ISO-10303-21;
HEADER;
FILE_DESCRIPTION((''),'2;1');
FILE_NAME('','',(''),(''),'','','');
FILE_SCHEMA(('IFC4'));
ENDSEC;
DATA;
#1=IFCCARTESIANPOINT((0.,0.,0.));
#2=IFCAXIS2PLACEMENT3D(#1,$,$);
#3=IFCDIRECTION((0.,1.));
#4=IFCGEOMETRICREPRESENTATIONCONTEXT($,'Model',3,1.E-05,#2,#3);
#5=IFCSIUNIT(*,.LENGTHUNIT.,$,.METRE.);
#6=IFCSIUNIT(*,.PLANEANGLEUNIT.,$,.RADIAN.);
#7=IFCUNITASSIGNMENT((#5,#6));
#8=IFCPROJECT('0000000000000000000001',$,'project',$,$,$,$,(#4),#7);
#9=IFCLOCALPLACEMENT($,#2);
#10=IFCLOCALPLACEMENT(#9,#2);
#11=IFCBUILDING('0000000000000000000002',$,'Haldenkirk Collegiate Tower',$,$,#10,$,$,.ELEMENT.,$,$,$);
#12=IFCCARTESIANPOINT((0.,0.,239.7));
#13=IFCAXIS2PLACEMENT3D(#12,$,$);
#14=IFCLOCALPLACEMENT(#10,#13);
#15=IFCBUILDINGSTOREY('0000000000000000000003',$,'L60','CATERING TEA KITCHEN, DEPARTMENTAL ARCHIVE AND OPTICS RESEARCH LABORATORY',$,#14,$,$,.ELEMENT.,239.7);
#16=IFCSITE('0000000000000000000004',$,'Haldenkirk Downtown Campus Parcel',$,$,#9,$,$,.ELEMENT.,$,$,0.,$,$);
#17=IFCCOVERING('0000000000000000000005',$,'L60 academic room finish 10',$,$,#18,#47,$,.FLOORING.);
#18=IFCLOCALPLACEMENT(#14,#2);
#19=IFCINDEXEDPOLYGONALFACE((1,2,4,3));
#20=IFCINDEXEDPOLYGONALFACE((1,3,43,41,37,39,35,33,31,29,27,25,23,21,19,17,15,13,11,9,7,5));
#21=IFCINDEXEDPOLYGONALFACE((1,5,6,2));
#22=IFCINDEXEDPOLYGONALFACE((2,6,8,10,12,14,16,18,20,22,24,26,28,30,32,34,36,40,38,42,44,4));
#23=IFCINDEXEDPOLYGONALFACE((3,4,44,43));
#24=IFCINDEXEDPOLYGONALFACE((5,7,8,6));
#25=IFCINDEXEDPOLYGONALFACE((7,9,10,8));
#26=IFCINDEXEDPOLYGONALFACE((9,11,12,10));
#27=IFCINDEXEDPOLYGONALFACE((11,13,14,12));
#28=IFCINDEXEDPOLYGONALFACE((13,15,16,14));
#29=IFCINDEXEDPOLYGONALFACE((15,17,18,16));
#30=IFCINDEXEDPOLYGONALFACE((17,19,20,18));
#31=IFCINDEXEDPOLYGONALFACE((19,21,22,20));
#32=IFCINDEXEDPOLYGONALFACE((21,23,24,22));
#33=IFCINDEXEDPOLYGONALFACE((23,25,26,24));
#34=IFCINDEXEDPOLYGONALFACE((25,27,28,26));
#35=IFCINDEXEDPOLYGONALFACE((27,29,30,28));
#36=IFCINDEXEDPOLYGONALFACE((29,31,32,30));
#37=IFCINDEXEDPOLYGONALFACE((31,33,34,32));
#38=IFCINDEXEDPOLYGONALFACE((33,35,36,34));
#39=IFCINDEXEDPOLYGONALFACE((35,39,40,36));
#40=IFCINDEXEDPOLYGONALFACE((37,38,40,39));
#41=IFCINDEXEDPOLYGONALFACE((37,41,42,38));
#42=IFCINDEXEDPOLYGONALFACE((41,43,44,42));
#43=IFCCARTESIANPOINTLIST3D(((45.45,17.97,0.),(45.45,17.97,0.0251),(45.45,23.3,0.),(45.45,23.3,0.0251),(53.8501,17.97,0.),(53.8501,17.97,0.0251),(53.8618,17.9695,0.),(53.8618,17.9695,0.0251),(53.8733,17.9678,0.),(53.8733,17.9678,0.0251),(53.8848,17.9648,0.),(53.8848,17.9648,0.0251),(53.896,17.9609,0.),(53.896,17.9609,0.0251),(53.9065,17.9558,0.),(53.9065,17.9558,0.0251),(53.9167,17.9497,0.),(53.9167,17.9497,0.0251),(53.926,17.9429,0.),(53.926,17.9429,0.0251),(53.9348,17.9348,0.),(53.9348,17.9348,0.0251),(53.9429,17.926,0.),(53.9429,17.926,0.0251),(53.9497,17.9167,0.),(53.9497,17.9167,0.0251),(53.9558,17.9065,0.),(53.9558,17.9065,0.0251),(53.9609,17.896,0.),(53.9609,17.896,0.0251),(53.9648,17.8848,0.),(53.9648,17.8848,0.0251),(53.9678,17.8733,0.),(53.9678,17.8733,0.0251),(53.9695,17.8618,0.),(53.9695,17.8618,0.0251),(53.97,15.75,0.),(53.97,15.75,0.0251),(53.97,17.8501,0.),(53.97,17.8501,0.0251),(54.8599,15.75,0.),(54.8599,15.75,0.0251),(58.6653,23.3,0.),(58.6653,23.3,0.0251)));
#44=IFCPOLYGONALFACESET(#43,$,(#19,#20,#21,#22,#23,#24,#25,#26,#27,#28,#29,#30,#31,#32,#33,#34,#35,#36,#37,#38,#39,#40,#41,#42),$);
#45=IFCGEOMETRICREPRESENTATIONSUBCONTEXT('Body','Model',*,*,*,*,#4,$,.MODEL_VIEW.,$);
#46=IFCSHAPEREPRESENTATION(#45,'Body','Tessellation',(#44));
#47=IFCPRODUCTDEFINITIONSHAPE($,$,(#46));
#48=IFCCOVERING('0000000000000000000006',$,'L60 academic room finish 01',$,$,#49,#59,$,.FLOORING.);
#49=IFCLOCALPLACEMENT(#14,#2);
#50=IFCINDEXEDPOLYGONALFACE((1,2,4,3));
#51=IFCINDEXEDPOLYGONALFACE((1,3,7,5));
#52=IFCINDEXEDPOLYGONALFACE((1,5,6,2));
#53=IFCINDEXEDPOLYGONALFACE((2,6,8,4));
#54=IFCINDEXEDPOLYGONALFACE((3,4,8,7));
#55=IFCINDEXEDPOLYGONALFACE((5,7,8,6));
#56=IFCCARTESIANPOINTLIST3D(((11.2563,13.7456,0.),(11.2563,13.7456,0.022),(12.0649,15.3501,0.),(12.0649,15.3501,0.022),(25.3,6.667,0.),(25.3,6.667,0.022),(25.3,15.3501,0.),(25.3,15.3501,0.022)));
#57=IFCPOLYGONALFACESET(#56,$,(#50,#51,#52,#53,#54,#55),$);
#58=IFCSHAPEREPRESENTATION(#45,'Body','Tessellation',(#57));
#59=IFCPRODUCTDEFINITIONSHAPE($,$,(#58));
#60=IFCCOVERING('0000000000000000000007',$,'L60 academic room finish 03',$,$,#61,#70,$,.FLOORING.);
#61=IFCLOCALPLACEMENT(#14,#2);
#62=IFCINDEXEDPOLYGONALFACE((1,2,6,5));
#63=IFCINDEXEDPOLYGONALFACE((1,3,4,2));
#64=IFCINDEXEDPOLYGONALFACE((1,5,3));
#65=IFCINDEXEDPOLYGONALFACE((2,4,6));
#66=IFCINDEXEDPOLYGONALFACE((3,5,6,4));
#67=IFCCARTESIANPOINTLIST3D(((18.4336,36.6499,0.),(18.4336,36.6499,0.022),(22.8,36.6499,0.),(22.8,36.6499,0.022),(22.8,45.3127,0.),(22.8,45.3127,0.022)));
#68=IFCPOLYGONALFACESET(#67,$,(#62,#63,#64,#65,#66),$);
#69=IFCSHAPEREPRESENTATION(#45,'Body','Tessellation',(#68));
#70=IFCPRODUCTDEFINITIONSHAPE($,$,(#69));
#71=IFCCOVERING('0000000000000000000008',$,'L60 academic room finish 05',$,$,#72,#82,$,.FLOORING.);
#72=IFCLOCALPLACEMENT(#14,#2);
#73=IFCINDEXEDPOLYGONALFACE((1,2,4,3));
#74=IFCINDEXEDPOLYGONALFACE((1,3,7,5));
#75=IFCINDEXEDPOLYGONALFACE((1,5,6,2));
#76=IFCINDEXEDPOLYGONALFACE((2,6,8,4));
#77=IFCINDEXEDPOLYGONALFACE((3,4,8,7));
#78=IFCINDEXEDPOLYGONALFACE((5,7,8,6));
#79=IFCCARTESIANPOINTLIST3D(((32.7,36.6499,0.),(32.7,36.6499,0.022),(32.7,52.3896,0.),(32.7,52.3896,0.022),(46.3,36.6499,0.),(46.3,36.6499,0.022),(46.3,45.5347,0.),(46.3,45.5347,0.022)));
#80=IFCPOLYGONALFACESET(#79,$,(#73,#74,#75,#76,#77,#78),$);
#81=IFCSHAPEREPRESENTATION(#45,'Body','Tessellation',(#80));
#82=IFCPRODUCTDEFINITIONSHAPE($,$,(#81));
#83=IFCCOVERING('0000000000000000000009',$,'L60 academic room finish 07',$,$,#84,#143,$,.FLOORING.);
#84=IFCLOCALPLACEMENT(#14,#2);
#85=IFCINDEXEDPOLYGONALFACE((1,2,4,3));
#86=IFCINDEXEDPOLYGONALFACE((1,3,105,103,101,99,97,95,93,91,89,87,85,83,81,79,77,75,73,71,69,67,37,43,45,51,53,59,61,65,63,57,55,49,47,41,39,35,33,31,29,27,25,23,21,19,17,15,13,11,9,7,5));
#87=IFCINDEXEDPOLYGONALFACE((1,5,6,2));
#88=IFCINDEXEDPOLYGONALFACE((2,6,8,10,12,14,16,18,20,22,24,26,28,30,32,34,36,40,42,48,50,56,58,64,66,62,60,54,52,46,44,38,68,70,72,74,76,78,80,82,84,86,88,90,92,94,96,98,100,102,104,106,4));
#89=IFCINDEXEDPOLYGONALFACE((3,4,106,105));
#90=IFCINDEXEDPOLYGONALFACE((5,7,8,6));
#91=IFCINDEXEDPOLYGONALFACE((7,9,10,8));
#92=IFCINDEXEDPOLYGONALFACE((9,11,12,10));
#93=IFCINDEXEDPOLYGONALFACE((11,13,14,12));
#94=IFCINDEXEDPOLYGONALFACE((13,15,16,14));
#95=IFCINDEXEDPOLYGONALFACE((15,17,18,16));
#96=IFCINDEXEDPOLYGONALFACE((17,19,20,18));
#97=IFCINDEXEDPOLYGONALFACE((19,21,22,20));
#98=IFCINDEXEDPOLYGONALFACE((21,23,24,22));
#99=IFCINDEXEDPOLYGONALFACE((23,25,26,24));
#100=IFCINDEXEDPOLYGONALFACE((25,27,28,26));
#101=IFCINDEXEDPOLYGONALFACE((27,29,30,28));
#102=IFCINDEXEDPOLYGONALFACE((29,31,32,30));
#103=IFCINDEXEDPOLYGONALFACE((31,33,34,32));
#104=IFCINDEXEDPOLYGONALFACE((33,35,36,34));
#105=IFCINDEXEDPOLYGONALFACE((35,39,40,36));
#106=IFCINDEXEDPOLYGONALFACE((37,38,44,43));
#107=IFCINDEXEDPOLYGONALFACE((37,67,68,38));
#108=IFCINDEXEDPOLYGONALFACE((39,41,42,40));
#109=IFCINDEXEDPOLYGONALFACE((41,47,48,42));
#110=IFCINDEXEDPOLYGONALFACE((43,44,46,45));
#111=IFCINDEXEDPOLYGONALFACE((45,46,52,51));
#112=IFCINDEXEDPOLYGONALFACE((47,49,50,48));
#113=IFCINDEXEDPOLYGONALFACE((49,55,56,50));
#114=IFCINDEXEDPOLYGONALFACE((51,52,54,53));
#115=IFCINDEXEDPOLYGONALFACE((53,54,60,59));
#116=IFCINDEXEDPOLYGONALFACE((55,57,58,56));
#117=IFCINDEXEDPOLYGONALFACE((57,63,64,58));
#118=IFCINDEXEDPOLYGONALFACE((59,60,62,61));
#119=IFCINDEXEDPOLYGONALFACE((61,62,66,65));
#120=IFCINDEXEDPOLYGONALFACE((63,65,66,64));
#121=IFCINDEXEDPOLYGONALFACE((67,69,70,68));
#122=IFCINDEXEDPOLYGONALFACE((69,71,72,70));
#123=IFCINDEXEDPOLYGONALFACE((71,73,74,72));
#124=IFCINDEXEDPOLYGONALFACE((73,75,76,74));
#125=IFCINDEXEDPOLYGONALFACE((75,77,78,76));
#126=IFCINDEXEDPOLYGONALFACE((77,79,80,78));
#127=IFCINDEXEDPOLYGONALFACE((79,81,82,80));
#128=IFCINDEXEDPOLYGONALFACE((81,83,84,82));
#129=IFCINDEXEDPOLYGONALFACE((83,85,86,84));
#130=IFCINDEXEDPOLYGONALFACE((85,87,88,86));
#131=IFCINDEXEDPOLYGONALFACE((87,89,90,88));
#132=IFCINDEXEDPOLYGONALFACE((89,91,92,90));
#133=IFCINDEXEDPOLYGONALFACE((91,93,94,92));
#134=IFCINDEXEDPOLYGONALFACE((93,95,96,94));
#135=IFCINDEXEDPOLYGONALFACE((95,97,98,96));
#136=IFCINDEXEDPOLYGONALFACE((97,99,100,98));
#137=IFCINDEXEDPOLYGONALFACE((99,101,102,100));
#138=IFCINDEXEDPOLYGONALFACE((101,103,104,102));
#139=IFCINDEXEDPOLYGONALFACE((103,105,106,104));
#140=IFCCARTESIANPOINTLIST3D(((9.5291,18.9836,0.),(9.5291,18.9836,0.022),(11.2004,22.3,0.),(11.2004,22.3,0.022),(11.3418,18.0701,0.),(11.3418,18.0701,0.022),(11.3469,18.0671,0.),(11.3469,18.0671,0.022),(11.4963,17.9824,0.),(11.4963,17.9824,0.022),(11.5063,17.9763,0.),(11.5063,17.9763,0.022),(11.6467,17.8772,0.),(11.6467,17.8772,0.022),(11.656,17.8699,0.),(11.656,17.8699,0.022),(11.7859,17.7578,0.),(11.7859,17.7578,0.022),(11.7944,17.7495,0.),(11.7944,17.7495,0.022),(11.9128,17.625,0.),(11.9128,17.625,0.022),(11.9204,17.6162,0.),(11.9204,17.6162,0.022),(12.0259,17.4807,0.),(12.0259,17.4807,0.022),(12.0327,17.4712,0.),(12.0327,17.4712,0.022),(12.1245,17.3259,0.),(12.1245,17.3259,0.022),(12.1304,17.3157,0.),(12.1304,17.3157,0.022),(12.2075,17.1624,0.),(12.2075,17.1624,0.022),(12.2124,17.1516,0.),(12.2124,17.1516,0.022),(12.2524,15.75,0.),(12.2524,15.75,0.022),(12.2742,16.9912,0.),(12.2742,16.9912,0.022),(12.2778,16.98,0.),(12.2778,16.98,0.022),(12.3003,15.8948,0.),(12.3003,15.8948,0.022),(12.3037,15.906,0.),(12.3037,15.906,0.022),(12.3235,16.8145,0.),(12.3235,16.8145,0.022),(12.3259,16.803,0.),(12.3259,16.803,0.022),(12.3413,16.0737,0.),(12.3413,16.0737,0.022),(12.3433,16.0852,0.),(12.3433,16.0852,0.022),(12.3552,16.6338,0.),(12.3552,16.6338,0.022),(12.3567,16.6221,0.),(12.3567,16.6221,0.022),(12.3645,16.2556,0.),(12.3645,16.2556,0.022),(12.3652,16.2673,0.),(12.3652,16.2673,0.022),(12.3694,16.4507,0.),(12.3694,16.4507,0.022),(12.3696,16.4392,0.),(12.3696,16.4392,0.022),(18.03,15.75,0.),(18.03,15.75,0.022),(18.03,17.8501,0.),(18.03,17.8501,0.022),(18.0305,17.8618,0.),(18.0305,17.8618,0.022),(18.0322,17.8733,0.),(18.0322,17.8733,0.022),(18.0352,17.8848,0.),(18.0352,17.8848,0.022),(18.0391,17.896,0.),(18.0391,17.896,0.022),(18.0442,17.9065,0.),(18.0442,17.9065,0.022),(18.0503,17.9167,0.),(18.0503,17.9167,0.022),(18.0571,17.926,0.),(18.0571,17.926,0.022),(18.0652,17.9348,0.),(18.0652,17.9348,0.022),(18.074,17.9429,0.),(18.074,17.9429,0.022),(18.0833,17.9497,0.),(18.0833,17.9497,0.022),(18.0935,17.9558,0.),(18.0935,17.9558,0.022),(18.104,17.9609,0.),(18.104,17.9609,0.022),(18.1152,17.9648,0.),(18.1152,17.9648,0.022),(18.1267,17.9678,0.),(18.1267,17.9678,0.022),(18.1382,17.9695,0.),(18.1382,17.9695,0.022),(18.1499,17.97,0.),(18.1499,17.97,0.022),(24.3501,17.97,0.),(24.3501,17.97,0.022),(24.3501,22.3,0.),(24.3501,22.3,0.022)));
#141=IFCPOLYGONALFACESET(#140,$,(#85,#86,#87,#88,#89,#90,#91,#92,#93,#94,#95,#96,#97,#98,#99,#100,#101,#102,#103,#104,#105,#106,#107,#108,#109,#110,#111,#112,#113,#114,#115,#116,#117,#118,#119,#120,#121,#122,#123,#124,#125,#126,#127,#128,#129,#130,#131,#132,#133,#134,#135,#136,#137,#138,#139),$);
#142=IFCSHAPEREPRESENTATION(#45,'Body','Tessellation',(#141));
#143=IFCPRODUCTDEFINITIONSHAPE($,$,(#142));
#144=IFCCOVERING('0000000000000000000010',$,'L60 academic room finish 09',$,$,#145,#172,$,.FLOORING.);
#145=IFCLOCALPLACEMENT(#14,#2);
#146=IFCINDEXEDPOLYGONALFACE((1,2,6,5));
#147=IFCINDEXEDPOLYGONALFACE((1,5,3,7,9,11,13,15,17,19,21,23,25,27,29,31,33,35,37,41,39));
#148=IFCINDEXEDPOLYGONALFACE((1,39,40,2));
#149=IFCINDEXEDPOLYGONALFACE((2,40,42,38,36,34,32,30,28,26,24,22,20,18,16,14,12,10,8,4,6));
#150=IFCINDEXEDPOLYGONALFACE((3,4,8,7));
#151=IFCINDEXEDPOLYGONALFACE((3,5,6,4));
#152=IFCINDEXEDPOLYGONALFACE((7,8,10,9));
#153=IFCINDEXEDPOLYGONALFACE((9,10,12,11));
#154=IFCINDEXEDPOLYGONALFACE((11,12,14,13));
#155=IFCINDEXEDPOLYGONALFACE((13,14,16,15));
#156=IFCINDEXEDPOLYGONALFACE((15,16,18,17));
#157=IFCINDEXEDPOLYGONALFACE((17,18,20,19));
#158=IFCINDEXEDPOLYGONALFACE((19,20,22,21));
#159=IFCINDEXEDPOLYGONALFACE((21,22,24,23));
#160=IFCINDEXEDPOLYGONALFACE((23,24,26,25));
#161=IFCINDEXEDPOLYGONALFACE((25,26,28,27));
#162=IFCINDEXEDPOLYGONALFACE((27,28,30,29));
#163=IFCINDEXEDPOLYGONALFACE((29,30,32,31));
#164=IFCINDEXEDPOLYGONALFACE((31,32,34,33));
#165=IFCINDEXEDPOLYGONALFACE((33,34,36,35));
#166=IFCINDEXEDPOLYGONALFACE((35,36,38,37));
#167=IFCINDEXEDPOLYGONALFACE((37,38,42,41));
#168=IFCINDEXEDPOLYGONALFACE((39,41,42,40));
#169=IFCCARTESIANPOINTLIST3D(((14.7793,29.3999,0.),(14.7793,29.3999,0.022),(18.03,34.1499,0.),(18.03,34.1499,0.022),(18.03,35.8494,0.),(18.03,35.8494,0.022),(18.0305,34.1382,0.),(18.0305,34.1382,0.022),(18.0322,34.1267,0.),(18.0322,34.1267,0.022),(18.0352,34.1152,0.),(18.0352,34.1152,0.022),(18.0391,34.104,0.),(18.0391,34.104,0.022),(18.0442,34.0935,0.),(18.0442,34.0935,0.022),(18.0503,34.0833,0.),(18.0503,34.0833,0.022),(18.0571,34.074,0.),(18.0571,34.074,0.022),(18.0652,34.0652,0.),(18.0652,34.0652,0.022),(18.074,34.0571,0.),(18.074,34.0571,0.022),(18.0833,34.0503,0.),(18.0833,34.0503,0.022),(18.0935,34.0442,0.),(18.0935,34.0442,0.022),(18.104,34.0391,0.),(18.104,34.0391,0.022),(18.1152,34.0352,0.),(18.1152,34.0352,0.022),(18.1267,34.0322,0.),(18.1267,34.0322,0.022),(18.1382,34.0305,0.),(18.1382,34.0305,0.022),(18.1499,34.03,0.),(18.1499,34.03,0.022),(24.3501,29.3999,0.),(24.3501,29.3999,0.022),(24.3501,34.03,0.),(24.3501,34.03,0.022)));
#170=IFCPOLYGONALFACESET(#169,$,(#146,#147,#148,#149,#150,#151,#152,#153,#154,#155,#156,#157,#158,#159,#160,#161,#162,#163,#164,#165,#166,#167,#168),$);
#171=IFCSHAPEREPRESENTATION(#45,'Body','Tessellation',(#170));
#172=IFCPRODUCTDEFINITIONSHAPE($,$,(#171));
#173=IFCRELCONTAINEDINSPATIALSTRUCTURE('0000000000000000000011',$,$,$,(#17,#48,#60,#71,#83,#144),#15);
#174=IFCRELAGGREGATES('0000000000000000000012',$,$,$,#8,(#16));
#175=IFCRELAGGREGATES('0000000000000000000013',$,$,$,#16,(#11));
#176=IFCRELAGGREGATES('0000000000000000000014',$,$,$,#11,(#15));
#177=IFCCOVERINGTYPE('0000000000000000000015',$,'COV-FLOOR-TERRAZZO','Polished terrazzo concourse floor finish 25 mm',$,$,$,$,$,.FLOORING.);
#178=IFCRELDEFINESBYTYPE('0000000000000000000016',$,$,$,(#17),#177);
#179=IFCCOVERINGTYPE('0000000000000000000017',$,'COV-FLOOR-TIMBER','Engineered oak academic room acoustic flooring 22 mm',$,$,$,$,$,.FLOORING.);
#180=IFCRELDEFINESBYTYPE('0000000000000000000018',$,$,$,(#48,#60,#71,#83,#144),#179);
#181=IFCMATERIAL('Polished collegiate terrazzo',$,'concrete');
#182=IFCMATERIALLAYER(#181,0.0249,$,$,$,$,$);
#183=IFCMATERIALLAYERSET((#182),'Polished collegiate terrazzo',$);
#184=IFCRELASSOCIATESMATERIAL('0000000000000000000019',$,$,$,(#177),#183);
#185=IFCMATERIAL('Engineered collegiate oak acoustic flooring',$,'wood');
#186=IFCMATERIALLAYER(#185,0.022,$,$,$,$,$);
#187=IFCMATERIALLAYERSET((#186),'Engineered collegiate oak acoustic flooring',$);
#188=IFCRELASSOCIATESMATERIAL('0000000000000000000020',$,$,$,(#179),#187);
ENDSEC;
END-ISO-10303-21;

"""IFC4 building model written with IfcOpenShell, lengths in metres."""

from ifc_helpers import new_model, si_unit, direction, frame, origin, place, context, subcontext, project, spatial, polyline, outline, extrude, material, layer, layer_set, type_object, element, save


model = new_model("IFC4")

# Units and contexts
model_context = context("Model", 3, precision=1e-05, world=origin(), true_north=direction((0.0, 1.0)))
body_context = subcontext(model_context, "Body", "Model", "MODEL_VIEW")
ifc_project = project(units=[si_unit("LENGTHUNIT", "METRE"), si_unit("PLANEANGLEUNIT", "RADIAN")], contexts=[model_context])

# Site, building, storey
site_placement = place(None, origin())
site = spatial("IfcSite", under=ifc_project, at=site_placement, Name="Haldenkirk Downtown Campus Parcel", CompositionType="ELEMENT", RefElevation=0.0)
building_placement = place(site_placement, origin())
building = spatial("IfcBuilding", under=site, at=building_placement, Name="Haldenkirk Collegiate Tower", CompositionType="ELEMENT")
storey_placement = place(building_placement, frame((0.0, 0.0, 239.7)))
storey = spatial("IfcBuildingStorey", under=building, at=storey_placement, Name="L60", Description="CATERING TEA KITCHEN, DEPARTMENTAL ARCHIVE AND OPTICS RESEARCH LABORATORY", CompositionType="ELEMENT", Elevation=239.7)

# Coverings
ifc_material_1 = material(Name="Polished collegiate terrazzo", Category="concrete")
ifc_layer_1 = layer(ifc_material_1, 0.0249)
ifc_layer_set_1 = layer_set([ifc_layer_1], Name="Polished collegiate terrazzo")
covering_type_1 = type_object("IfcCoveringType", Name="COV-FLOOR-TERRAZZO", Description="Polished terrazzo concourse floor finish 25 mm", PredefinedType="FLOORING", material=ifc_layer_set_1)
covering_1_placement = place(storey_placement, origin())
element("IfcCovering", 1, at=covering_1_placement, inside=storey, type_object=covering_type_1, Name="L60 academic room finish 10", PredefinedType="FLOORING", context=body_context, shape_type="SweptSolid", body=[
    extrude(outline(polyline([(45.45, 17.97), (45.45, 23.3), (58.6653, 23.3), (54.8599, 15.75), (53.97, 15.75), (53.97, 17.8501), (53.9695, 17.8618), (53.9678, 17.8733), (53.9648, 17.8848), (53.9609, 17.896), (53.9558, 17.9065), (53.9497, 17.9167), (53.9429, 17.926), (53.9348, 17.9348), (53.926, 17.9429), (53.9167, 17.9497), (53.9065, 17.9558), (53.896, 17.9609), (53.8848, 17.9648), (53.8733, 17.9678), (53.8618, 17.9695), (53.8501, 17.97), (45.45, 17.97)])), origin(), (0.0, 0.0, 1.0), 0.0251),
])
ifc_material_2 = material(Name="Engineered collegiate oak acoustic flooring", Category="wood")
ifc_layer_2 = layer(ifc_material_2, 0.022)
ifc_layer_set_2 = layer_set([ifc_layer_2], Name="Engineered collegiate oak acoustic flooring")
covering_type_2 = type_object("IfcCoveringType", Name="COV-FLOOR-TIMBER", Description="Engineered oak academic room acoustic flooring 22 mm", PredefinedType="FLOORING", material=ifc_layer_set_2)
covering_2_placement = place(storey_placement, origin())
element("IfcCovering", 2, at=covering_2_placement, inside=storey, type_object=covering_type_2, Name="L60 academic room finish 01", PredefinedType="FLOORING", context=body_context, shape_type="SweptSolid", body=[
    extrude(outline(polyline([(11.2563, 13.7456), (12.0649, 15.3501), (25.3, 15.3501), (25.3, 6.667), (11.2563, 13.7456)])), origin(), (0.0, 0.0, 1.0), 0.022),
])
covering_3_placement = place(storey_placement, origin())
element("IfcCovering", 3, at=covering_3_placement, inside=storey, type_object=covering_type_2, Name="L60 academic room finish 03", PredefinedType="FLOORING", context=body_context, shape_type="SweptSolid", body=[
    extrude(outline(polyline([(22.8, 45.3127), (22.8, 36.6499), (18.4336, 36.6499), (22.8, 45.3127)])), origin(), (0.0, 0.0, 1.0), 0.022),
])
covering_4_placement = place(storey_placement, origin())
element("IfcCovering", 4, at=covering_4_placement, inside=storey, type_object=covering_type_2, Name="L60 academic room finish 05", PredefinedType="FLOORING", context=body_context, shape_type="SweptSolid", body=[
    extrude(outline(polyline([(46.3, 45.5347), (46.3, 36.6499), (32.7, 36.6499), (32.7, 52.3896), (46.3, 45.5347)])), origin(), (0.0, 0.0, 1.0), 0.022),
])
covering_5_placement = place(storey_placement, origin())
element("IfcCovering", 5, at=covering_5_placement, inside=storey, type_object=covering_type_2, Name="L60 academic room finish 07", PredefinedType="FLOORING", context=body_context, shape_type="SweptSolid", body=[
    extrude(outline(polyline([(12.2524, 15.75), (12.3003, 15.8948), (12.3037, 15.906), (12.3413, 16.0737), (12.3433, 16.0852), (12.3645, 16.2556), (12.3652, 16.2673), (12.3696, 16.4392), (12.3694, 16.4507), (12.3567, 16.6221), (12.3552, 16.6338), (12.3259, 16.803), (12.3235, 16.8145), (12.2778, 16.98), (12.2742, 16.9912), (12.2124, 17.1516), (12.2075, 17.1624), (12.1304, 17.3157), (12.1245, 17.3259), (12.0327, 17.4712), (12.0259, 17.4807), (11.9204, 17.6162), (11.9128, 17.625), (11.7944, 17.7495), (11.7859, 17.7578), (11.656, 17.8699), (11.6467, 17.8772), (11.5063, 17.9763), (11.4963, 17.9824), (11.3469, 18.0671), (11.3418, 18.0701), (9.5291, 18.9836), (11.2004, 22.3), (24.3501, 22.3), (24.3501, 17.97), (18.1499, 17.97), (18.1382, 17.9695), (18.1267, 17.9678), (18.1152, 17.9648), (18.104, 17.9609), (18.0935, 17.9558), (18.0833, 17.9497), (18.074, 17.9429), (18.0652, 17.9348), (18.0571, 17.926), (18.0503, 17.9167), (18.0442, 17.9065), (18.0391, 17.896), (18.0352, 17.8848), (18.0322, 17.8733), (18.0305, 17.8618), (18.03, 17.8501), (18.03, 15.75), (12.2524, 15.75)])), origin(), (0.0, 0.0, 1.0), 0.022),
])
covering_6_placement = place(storey_placement, origin())
element("IfcCovering", 6, at=covering_6_placement, inside=storey, type_object=covering_type_2, Name="L60 academic room finish 09", PredefinedType="FLOORING", context=body_context, shape_type="SweptSolid", body=[
    extrude(outline(polyline([(18.03, 35.8494), (18.03, 34.1499), (18.0305, 34.1382), (18.0322, 34.1267), (18.0352, 34.1152), (18.0391, 34.104), (18.0442, 34.0935), (18.0503, 34.0833), (18.0571, 34.074), (18.0652, 34.0652), (18.074, 34.0571), (18.0833, 34.0503), (18.0935, 34.0442), (18.104, 34.0391), (18.1152, 34.0352), (18.1267, 34.0322), (18.1382, 34.0305), (18.1499, 34.03), (24.3501, 34.03), (24.3501, 29.3999), (14.7793, 29.3999), (18.03, 35.8494)])), origin(), (0.0, 0.0, 1.0), 0.022),
])

save(model, "model.ifc")
